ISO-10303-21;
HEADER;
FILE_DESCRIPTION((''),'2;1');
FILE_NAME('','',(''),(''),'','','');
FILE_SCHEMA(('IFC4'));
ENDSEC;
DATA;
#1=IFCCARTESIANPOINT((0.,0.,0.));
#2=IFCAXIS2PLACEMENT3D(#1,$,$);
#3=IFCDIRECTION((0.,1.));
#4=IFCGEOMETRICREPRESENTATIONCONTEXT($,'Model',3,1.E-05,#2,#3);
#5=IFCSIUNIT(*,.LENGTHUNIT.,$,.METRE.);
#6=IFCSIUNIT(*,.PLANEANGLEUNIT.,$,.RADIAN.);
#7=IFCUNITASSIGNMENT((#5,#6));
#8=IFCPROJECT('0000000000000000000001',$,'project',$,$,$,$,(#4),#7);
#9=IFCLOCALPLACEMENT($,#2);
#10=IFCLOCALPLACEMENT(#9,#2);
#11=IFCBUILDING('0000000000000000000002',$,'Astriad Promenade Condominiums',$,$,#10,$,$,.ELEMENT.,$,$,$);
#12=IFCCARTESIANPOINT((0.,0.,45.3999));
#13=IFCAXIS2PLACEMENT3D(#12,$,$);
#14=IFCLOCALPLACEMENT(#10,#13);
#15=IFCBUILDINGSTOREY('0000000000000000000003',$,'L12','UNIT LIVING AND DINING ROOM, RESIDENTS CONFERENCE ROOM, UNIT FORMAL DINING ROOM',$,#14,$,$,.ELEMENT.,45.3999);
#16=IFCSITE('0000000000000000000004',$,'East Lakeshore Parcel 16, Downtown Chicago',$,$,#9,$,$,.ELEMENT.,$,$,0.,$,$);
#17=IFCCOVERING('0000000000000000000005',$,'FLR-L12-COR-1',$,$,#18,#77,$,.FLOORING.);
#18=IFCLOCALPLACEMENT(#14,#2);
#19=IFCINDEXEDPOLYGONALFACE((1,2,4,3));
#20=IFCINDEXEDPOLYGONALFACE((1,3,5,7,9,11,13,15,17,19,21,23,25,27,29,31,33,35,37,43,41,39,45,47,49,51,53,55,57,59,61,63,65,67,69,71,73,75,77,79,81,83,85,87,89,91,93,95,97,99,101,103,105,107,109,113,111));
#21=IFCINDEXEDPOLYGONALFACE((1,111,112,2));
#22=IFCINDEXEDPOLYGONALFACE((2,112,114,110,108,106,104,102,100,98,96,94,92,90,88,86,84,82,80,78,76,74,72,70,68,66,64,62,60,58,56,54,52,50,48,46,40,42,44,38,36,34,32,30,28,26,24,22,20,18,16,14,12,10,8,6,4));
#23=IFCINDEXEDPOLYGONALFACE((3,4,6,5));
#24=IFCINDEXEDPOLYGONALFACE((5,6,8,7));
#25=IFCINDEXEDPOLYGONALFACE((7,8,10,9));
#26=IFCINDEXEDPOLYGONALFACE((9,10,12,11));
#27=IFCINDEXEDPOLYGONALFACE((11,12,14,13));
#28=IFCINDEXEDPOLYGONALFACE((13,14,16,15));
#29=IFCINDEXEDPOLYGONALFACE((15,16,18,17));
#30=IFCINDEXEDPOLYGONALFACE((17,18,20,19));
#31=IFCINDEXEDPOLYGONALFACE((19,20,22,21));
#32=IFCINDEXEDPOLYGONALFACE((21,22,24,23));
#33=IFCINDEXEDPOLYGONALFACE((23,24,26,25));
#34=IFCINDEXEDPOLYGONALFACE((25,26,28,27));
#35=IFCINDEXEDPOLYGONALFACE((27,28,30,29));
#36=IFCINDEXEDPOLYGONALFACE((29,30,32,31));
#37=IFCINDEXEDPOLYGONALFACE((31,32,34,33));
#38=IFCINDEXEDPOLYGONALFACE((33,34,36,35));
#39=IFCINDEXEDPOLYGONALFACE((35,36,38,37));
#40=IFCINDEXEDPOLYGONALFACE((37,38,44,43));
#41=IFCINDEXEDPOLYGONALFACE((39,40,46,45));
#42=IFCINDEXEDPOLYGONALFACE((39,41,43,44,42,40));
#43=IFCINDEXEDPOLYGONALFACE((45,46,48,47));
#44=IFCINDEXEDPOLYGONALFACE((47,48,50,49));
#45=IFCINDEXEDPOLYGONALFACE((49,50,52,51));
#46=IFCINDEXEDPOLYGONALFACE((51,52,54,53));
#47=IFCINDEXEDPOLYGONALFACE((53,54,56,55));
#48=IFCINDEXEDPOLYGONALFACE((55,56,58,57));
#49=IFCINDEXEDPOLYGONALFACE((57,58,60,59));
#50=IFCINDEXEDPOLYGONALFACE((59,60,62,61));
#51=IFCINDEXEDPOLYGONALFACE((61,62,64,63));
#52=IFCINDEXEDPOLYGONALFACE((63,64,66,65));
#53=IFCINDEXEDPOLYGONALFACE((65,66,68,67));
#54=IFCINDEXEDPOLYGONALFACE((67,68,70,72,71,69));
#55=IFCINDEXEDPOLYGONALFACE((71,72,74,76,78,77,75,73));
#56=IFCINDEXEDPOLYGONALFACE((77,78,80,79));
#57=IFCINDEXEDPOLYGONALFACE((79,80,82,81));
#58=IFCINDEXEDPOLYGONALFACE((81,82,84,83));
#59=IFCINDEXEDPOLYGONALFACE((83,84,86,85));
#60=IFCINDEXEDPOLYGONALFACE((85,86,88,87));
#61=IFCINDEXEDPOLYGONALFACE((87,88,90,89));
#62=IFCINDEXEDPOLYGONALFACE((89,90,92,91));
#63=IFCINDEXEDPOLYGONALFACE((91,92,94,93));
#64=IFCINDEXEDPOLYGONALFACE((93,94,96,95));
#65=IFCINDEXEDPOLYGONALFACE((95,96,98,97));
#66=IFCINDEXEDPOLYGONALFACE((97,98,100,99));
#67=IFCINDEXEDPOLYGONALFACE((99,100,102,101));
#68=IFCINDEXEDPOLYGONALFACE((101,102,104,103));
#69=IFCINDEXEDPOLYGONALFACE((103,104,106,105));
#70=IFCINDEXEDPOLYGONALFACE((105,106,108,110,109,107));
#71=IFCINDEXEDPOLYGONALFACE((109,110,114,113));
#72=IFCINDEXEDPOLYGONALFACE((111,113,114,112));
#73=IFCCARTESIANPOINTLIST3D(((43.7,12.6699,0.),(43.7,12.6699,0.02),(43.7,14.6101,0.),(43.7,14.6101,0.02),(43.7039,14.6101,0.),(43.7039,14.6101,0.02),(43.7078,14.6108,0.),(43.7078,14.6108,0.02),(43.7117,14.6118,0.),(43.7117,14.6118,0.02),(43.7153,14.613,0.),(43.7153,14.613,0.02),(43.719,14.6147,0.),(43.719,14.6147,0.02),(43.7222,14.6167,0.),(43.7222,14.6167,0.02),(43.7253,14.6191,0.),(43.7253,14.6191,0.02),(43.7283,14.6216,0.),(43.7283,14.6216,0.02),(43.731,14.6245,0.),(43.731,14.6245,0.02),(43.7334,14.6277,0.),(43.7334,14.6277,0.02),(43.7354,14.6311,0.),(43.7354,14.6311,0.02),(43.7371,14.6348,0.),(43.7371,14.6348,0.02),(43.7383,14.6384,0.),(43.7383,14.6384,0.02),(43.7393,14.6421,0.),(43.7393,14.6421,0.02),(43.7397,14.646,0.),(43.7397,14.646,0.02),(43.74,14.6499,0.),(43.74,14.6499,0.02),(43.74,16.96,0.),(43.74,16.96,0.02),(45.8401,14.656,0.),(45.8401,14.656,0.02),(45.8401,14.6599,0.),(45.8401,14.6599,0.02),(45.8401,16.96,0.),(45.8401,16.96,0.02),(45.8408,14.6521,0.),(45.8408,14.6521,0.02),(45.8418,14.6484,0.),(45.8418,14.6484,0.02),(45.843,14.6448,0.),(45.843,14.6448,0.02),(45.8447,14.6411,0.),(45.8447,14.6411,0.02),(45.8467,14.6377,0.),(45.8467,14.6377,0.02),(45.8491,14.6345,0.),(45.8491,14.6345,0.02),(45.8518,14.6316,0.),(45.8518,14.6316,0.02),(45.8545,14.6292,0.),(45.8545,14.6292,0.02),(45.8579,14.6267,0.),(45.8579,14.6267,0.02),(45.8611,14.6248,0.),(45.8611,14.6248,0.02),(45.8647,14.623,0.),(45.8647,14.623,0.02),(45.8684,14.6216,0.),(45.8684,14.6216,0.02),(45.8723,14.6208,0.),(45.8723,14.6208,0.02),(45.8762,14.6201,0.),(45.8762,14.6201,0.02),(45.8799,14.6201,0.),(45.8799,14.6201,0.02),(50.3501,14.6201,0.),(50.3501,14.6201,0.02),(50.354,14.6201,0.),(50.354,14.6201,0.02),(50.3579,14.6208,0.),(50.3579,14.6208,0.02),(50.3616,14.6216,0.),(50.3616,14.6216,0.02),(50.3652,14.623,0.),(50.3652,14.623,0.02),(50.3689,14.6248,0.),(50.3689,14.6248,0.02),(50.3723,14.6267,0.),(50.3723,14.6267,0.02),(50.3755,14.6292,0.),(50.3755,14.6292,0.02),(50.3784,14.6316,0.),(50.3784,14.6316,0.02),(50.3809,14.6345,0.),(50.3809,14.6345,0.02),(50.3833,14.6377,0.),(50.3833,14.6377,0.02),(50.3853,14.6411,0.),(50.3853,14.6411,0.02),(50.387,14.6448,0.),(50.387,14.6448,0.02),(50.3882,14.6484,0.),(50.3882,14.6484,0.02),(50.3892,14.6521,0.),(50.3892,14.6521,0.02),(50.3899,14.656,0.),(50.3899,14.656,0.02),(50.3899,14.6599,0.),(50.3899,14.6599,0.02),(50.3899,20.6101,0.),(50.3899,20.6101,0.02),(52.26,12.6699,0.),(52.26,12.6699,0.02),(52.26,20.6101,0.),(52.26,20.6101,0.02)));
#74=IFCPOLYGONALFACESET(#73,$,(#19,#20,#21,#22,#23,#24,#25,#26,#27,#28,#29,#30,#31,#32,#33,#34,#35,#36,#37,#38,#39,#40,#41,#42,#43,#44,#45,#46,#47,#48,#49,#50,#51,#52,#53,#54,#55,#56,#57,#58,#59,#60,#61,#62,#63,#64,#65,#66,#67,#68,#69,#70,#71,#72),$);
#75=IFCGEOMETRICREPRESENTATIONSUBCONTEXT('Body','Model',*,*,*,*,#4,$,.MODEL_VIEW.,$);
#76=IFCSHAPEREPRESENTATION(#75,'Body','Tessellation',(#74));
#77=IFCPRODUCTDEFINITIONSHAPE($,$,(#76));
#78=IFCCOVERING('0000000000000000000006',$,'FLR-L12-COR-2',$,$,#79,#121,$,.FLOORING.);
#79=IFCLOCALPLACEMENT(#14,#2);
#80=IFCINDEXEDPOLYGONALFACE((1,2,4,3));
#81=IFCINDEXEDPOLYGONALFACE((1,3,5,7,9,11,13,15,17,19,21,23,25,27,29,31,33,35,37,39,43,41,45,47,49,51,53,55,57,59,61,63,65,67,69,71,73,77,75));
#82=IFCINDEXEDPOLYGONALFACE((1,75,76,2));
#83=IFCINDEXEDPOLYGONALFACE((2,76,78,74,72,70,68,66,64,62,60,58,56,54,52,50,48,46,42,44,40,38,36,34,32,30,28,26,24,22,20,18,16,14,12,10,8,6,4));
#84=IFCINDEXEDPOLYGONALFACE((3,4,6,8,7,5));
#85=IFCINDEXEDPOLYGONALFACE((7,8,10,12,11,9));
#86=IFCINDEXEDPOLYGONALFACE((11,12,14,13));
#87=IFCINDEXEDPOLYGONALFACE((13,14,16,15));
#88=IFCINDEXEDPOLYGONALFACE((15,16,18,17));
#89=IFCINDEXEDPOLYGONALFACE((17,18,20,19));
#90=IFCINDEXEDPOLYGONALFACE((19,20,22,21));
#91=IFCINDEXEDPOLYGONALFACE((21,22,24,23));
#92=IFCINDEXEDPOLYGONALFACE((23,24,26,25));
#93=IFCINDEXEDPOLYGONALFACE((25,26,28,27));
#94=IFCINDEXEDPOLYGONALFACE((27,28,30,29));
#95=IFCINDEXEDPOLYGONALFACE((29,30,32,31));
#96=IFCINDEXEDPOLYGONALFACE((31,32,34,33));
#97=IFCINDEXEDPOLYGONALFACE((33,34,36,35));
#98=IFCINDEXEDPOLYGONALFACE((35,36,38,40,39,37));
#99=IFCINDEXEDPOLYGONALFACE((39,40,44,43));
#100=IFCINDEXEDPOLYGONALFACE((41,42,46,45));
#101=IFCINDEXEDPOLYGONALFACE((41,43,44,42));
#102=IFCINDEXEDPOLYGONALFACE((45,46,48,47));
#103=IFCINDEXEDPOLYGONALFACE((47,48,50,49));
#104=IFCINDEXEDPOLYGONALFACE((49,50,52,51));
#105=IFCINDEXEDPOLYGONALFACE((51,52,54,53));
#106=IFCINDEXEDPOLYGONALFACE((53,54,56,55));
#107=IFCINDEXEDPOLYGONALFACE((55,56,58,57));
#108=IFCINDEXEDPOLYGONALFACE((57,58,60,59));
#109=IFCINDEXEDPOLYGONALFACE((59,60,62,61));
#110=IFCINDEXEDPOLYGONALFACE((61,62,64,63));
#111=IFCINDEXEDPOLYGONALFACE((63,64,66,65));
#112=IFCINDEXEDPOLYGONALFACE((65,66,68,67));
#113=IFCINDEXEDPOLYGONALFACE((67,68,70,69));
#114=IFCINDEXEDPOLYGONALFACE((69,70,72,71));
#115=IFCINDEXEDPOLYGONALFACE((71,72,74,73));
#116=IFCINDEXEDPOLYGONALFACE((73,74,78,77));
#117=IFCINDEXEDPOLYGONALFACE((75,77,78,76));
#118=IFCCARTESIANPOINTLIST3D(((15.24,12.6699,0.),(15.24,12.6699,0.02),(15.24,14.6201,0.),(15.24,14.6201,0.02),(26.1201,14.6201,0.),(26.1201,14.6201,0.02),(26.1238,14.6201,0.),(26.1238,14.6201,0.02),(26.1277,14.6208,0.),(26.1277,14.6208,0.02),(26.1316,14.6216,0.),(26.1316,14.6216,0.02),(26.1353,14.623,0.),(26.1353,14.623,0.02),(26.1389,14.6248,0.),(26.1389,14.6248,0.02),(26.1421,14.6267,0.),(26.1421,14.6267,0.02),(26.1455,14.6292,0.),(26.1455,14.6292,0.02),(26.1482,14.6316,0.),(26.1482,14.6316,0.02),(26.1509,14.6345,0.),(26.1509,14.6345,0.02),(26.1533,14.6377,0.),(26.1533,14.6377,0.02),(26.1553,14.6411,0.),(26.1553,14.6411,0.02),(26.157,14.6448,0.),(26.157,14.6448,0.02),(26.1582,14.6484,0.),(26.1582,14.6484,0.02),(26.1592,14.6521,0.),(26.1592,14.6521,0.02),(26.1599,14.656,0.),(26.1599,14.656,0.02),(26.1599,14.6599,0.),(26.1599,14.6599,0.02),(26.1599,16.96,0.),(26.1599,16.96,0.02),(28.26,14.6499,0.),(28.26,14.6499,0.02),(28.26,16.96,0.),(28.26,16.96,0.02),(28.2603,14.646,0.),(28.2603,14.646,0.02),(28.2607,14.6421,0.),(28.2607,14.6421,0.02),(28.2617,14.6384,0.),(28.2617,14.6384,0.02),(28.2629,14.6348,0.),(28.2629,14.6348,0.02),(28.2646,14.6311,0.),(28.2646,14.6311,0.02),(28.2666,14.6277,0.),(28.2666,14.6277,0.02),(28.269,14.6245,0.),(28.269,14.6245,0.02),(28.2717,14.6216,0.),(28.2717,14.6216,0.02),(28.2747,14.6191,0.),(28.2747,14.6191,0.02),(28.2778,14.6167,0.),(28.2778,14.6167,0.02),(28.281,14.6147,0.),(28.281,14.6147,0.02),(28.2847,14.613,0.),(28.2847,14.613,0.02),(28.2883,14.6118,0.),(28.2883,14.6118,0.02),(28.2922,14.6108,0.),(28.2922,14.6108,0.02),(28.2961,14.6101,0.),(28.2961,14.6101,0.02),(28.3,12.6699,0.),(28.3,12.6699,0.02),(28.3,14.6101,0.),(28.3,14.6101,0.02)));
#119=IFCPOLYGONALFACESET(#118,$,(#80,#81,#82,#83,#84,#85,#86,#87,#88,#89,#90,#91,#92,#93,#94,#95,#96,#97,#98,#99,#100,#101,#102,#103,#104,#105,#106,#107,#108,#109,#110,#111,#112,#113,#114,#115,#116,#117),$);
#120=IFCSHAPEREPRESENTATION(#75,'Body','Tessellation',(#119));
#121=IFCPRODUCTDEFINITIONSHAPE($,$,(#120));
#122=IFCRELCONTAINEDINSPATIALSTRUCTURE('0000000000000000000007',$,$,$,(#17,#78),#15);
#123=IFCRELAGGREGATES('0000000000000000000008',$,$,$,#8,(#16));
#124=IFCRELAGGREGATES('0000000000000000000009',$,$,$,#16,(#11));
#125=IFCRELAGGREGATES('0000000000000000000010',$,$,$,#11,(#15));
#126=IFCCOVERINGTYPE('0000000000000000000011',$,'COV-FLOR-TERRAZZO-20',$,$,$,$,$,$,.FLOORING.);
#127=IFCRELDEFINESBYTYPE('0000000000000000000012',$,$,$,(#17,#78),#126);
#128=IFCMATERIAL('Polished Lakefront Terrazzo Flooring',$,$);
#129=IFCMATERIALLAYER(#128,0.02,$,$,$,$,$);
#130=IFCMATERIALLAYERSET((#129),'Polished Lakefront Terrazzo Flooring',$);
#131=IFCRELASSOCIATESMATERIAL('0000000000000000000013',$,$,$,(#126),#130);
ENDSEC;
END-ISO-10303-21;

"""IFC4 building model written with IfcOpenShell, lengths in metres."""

from ifc_helpers import new_model, si_unit, direction, frame, origin, place, context, subcontext, project, spatial, polyline, outline, extrude, material, layer, layer_set, type_object, element, save


model = new_model("IFC4")

# Units and contexts
model_context = context("Model", 3, precision=1e-05, world=origin(), true_north=direction((0.0, 1.0)))
body_context = subcontext(model_context, "Body", "Model", "MODEL_VIEW")
ifc_project = project(units=[si_unit("LENGTHUNIT", "METRE"), si_unit("PLANEANGLEUNIT", "RADIAN")], contexts=[model_context])

# Site, building, storey
site_placement = place(None, origin())
site = spatial("IfcSite", under=ifc_project, at=site_placement, Name="East Lakeshore Parcel 16, Downtown Chicago", CompositionType="ELEMENT", RefElevation=0.0)
building_placement = place(site_placement, origin())
building = spatial("IfcBuilding", under=site, at=building_placement, Name="Astriad Promenade Condominiums", CompositionType="ELEMENT")
storey_placement = place(building_placement, frame((0.0, 0.0, 45.3999)))
storey = spatial("IfcBuildingStorey", under=building, at=storey_placement, Name="L12", Description="UNIT LIVING AND DINING ROOM, RESIDENTS CONFERENCE ROOM, UNIT FORMAL DINING ROOM", CompositionType="ELEMENT", Elevation=45.3999)

# Coverings
ifc_material_1 = material(Name="Polished Lakefront Terrazzo Flooring")
ifc_layer_1 = layer(ifc_material_1, 0.02)
ifc_layer_set_1 = layer_set([ifc_layer_1], Name="Polished Lakefront Terrazzo Flooring")
covering_type = type_object("IfcCoveringType", Name="COV-FLOR-TERRAZZO-20", PredefinedType="FLOORING", material=ifc_layer_set_1)
covering_1_placement = place(storey_placement, origin())
element("IfcCovering", 1, at=covering_1_placement, inside=storey, type_object=covering_type, Name="FLR-L12-COR-1", PredefinedType="FLOORING", context=body_context, shape_type="SweptSolid", body=[
    extrude(outline(polyline([(43.7, 12.6699), (43.7, 14.6101), (43.7039, 14.6101), (43.7078, 14.6108), (43.7117, 14.6118), (43.7153, 14.613), (43.719, 14.6147), (43.7222, 14.6167), (43.7253, 14.6191), (43.7283, 14.6216), (43.731, 14.6245), (43.7334, 14.6277), (43.7354, 14.6311), (43.7371, 14.6348), (43.7383, 14.6384), (43.7393, 14.6421), (43.7397, 14.646), (43.74, 14.6499), (43.74, 16.96), (45.8401, 16.96), (45.8401, 14.6599), (45.8401, 14.656), (45.8408, 14.6521), (45.8418, 14.6484), (45.843, 14.6448), (45.8447, 14.6411), (45.8467, 14.6377), (45.8491, 14.6345), (45.8518, 14.6316), (45.8545, 14.6292), (45.8579, 14.6267), (45.8611, 14.6248), (45.8647, 14.623), (45.8684, 14.6216), (45.8723, 14.6208), (45.8762, 14.6201), (45.8799, 14.6201), (50.3501, 14.6201), (50.354, 14.6201), (50.3579, 14.6208), (50.3616, 14.6216), (50.3652, 14.623), (50.3689, 14.6248), (50.3723, 14.6267), (50.3755, 14.6292), (50.3784, 14.6316), (50.3809, 14.6345), (50.3833, 14.6377), (50.3853, 14.6411), (50.387, 14.6448), (50.3882, 14.6484), (50.3892, 14.6521), (50.3899, 14.656), (50.3899, 14.6599), (50.3899, 20.6101), (52.26, 20.6101), (52.26, 12.6699), (43.7, 12.6699)])), origin(), (0.0, 0.0, 1.0), 0.02),
])
covering_2_placement = place(storey_placement, origin())
element("IfcCovering", 2, at=covering_2_placement, inside=storey, type_object=covering_type, Name="FLR-L12-COR-2", PredefinedType="FLOORING", context=body_context, shape_type="SweptSolid", body=[
    extrude(outline(polyline([(28.3, 12.6699), (15.24, 12.6699), (15.24, 14.6201), (26.1201, 14.6201), (26.1238, 14.6201), (26.1277, 14.6208), (26.1316, 14.6216), (26.1353, 14.623), (26.1389, 14.6248), (26.1421, 14.6267), (26.1455, 14.6292), (26.1482, 14.6316), (26.1509, 14.6345), (26.1533, 14.6377), (26.1553, 14.6411), (26.157, 14.6448), (26.1582, 14.6484), (26.1592, 14.6521), (26.1599, 14.656), (26.1599, 14.6599), (26.1599, 16.96), (28.26, 16.96), (28.26, 14.6499), (28.2603, 14.646), (28.2607, 14.6421), (28.2617, 14.6384), (28.2629, 14.6348), (28.2646, 14.6311), (28.2666, 14.6277), (28.269, 14.6245), (28.2717, 14.6216), (28.2747, 14.6191), (28.2778, 14.6167), (28.281, 14.6147), (28.2847, 14.613), (28.2883, 14.6118), (28.2922, 14.6108), (28.2961, 14.6101), (28.3, 14.6101), (28.3, 12.6699)])), origin(), (0.0, 0.0, 1.0), 0.02),
])

save(model, "model.ifc")
